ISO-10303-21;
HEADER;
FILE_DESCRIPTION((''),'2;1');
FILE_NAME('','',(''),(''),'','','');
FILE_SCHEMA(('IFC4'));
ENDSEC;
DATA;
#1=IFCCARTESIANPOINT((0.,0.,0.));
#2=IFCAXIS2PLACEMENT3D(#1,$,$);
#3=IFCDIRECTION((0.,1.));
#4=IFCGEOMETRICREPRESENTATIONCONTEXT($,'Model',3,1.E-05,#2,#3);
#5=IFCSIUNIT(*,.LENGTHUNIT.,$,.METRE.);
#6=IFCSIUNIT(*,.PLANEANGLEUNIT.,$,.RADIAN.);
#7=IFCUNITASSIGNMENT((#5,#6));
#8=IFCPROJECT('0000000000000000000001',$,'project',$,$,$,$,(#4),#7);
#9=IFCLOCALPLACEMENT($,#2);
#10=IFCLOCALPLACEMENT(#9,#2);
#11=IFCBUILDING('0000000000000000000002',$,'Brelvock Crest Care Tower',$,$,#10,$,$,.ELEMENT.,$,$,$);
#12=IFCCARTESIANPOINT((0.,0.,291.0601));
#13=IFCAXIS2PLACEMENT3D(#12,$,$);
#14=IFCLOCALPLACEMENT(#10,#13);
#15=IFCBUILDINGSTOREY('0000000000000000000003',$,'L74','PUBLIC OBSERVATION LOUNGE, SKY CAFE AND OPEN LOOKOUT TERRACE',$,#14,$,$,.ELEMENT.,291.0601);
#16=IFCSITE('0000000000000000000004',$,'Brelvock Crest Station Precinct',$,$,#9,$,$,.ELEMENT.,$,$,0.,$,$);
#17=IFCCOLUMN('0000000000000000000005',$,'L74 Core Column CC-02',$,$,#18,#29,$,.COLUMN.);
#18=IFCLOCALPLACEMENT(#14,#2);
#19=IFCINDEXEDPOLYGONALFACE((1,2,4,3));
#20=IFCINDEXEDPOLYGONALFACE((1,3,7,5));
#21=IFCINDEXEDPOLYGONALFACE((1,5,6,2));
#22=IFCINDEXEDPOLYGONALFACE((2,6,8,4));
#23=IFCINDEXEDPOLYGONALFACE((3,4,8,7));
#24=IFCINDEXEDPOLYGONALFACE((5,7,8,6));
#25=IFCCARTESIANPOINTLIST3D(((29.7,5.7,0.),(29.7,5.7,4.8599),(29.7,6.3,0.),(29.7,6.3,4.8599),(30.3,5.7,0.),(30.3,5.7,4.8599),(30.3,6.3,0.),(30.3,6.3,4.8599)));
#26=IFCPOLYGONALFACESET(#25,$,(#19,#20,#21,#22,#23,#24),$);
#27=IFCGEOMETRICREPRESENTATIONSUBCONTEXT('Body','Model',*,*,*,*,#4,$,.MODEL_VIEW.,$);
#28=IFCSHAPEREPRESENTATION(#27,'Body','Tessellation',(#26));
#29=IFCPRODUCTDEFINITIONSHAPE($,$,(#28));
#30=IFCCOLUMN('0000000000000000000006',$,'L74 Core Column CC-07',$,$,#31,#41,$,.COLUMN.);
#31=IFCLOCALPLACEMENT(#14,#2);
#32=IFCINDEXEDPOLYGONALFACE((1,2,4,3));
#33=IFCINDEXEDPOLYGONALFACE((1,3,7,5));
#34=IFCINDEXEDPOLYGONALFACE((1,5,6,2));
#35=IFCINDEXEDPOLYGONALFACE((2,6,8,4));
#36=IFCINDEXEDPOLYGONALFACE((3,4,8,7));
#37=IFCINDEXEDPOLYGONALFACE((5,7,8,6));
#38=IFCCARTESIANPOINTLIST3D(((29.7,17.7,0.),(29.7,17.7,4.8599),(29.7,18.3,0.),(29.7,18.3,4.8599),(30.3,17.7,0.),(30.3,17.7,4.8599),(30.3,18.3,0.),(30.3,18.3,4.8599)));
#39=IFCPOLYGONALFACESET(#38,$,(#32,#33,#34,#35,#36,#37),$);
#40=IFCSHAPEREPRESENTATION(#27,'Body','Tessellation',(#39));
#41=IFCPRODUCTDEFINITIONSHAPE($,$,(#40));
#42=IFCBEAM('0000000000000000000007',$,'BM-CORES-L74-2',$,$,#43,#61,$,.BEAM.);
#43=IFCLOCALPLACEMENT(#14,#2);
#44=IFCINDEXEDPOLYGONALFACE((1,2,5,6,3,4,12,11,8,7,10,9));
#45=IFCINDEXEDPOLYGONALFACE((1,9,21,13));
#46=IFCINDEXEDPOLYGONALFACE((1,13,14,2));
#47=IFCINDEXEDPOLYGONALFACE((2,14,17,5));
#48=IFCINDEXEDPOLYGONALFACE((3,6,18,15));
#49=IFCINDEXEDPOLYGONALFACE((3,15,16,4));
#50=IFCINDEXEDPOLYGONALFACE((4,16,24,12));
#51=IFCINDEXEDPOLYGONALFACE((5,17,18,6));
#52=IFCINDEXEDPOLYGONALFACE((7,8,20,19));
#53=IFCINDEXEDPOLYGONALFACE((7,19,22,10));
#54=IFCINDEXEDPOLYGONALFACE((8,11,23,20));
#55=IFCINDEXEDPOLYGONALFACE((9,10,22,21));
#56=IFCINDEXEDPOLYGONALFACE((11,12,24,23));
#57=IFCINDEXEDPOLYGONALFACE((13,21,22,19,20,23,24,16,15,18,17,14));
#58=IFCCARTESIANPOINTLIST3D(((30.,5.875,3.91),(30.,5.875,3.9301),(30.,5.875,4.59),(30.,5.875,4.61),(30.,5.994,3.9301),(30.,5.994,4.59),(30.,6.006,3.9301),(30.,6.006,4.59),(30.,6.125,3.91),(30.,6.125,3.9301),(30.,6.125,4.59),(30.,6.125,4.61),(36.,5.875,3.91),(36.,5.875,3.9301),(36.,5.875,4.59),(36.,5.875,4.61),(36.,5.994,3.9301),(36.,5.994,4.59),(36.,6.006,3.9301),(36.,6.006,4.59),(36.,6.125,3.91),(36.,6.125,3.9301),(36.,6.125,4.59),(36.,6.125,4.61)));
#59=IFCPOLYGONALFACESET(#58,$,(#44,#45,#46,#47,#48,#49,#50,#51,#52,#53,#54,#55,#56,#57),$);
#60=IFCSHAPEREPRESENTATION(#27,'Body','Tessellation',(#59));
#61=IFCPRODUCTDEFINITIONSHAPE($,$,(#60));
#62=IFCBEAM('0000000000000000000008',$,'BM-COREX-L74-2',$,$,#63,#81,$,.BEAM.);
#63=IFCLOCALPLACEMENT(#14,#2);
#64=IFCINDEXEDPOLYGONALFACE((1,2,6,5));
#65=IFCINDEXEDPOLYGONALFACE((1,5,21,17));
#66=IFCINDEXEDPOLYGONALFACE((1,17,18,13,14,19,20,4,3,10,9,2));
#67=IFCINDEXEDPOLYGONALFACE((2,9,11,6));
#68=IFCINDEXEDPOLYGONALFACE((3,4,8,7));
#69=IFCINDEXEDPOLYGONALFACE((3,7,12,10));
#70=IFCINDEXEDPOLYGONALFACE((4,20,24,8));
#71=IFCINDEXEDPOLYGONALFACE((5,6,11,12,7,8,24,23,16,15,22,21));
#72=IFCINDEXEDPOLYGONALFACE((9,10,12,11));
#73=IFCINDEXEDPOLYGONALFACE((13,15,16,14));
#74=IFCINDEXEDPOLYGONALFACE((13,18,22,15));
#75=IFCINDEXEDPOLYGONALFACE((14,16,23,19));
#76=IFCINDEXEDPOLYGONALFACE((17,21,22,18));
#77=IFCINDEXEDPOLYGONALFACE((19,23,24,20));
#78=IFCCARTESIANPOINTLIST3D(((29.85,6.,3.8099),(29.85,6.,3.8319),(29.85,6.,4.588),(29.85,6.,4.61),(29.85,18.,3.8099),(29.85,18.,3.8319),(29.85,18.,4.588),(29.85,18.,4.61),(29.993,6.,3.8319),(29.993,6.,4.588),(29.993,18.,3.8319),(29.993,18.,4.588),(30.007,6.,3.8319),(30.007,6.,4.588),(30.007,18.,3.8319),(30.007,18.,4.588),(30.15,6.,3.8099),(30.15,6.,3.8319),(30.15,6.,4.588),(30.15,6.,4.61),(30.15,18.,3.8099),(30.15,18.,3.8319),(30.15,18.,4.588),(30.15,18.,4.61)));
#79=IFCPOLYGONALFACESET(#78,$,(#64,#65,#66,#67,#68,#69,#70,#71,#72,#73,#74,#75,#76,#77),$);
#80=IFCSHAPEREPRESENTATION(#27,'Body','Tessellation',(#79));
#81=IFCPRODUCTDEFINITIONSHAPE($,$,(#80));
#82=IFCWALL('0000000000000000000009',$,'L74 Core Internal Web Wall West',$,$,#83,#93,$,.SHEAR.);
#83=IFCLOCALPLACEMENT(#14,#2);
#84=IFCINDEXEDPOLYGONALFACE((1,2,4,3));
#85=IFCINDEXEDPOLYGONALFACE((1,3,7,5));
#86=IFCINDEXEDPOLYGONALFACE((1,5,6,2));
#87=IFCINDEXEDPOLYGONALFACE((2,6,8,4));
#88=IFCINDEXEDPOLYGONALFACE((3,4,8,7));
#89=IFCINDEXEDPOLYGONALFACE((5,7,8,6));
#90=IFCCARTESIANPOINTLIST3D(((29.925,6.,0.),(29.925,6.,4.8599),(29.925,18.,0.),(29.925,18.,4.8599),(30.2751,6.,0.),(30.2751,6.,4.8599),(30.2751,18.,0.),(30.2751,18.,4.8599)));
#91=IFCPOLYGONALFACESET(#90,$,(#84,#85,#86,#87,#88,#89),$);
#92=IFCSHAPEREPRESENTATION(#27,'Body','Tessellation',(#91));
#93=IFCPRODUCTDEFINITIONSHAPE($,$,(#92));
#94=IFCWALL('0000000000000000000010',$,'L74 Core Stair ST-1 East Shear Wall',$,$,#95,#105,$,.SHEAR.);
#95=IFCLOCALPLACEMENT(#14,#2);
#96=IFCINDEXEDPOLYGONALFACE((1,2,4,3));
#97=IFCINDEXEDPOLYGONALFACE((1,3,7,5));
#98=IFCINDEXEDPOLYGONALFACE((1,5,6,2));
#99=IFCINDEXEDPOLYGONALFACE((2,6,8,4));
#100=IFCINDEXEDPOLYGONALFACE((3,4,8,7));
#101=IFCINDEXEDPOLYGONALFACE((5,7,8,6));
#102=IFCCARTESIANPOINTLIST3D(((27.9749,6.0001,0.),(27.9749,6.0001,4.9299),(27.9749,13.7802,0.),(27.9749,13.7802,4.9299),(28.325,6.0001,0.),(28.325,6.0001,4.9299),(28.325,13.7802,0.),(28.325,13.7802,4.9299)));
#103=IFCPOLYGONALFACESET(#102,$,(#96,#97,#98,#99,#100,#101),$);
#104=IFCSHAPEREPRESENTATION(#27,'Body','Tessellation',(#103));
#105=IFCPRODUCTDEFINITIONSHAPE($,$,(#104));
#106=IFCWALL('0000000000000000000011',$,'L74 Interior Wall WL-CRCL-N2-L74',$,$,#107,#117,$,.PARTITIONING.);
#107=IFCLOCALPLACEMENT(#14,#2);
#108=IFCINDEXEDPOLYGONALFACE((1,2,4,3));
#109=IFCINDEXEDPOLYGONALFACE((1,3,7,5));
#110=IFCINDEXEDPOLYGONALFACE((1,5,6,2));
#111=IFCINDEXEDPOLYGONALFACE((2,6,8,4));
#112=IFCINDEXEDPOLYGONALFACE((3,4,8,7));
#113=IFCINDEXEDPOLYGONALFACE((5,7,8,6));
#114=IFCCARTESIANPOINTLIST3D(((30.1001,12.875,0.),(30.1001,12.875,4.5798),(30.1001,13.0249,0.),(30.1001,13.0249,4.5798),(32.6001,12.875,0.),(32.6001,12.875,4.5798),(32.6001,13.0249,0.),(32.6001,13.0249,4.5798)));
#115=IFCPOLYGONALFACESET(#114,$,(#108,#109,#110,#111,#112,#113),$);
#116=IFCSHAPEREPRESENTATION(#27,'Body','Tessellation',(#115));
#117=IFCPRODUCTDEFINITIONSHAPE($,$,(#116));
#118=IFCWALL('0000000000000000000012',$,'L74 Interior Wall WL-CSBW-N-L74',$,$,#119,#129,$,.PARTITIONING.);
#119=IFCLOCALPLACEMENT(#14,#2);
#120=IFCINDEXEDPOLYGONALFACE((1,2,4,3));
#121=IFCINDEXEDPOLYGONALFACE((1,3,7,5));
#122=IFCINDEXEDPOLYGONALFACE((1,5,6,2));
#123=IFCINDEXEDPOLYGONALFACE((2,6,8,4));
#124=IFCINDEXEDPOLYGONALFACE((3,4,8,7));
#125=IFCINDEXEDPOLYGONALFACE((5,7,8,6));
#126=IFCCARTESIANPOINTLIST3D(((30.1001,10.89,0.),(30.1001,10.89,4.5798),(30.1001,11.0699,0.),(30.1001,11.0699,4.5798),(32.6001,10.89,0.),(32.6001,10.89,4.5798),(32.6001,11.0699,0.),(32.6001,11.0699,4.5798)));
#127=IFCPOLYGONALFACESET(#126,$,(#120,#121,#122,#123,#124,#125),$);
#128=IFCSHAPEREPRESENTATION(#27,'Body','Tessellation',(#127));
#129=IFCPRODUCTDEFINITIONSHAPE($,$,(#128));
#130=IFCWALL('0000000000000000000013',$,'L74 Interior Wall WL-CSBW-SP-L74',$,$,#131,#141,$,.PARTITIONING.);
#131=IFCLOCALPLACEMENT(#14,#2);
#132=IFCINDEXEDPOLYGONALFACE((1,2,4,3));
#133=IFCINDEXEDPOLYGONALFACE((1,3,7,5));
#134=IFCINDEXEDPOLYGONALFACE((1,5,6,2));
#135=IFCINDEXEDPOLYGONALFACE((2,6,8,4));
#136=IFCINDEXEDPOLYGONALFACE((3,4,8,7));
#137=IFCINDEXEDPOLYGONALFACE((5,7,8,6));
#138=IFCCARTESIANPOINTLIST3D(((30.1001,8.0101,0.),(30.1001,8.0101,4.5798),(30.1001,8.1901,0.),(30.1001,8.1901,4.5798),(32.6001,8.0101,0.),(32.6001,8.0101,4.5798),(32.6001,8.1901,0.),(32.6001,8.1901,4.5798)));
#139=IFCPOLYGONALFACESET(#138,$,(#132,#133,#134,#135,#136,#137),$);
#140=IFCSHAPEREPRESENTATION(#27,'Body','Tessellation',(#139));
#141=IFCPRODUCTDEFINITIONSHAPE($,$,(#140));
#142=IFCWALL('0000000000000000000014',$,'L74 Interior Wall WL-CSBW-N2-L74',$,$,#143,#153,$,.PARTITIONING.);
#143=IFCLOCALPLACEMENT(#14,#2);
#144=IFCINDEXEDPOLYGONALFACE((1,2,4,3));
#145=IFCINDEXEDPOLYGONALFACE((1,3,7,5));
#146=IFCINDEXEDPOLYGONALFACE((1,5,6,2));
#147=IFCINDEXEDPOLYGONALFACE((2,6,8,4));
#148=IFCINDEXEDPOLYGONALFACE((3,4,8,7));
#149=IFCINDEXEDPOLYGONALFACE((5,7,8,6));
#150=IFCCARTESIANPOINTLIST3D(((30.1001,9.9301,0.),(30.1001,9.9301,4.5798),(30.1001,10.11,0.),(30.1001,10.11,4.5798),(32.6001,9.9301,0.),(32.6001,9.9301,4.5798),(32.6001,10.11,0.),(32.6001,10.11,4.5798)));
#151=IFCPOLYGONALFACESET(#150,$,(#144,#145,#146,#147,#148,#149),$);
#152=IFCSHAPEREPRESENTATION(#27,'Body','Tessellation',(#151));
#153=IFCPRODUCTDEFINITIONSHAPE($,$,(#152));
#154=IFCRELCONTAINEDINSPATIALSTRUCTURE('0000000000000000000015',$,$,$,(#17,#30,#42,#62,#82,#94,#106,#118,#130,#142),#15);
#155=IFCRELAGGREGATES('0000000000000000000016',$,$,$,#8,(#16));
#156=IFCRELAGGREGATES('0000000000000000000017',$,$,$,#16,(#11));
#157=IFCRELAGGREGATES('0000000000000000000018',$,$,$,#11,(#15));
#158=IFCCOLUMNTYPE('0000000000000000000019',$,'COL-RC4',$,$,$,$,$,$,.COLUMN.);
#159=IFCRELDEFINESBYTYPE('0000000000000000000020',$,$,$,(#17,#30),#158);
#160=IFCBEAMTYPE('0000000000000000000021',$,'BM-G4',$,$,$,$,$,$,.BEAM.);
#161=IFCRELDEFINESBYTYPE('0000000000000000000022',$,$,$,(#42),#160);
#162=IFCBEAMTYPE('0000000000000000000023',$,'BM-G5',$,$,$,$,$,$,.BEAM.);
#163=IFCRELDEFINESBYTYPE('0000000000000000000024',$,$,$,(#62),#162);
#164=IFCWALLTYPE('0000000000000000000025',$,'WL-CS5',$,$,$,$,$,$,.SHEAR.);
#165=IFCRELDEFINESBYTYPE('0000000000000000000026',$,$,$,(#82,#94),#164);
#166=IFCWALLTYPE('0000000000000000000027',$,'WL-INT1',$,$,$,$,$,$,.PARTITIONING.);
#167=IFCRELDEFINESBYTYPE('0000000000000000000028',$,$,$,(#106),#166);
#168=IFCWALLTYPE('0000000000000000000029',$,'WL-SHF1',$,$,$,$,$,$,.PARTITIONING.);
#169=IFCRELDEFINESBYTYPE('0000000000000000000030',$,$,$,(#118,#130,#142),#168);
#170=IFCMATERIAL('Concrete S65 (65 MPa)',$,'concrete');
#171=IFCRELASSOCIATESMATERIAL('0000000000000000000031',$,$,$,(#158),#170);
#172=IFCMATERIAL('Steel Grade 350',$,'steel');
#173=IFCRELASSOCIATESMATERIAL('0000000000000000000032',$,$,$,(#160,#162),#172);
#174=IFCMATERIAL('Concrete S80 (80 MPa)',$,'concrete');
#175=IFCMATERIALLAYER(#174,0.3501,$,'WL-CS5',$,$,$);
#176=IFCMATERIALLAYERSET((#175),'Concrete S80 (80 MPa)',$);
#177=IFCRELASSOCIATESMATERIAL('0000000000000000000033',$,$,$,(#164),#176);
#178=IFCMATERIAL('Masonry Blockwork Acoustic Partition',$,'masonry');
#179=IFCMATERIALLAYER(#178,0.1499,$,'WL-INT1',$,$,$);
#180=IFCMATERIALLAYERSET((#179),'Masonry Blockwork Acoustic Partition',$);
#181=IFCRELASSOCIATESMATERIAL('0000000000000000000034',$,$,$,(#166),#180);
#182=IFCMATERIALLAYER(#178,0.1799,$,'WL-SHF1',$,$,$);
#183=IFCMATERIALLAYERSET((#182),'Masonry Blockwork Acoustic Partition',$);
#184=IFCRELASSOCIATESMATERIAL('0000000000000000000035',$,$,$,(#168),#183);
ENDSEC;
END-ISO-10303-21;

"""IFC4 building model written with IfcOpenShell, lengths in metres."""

from ifc_helpers import new_model, si_unit, direction, frame, frame_2d, origin, origin_2d, place, context, subcontext, project, spatial, rectangle, i_section, extrude, source, transform, mapped, material, layer, layer_set, material_profile, profile_set, type_object, element, save


model = new_model("IFC4")

# Units and contexts
model_context = context("Model", 3, precision=1e-05, world=origin(), true_north=direction((0.0, 1.0)))
body_context = subcontext(model_context, "Body", "Model", "MODEL_VIEW")
ifc_project = project(units=[si_unit("LENGTHUNIT", "METRE"), si_unit("PLANEANGLEUNIT", "RADIAN")], contexts=[model_context])

# Site, building, storey
site_placement = place(None, origin())
site = spatial("IfcSite", under=ifc_project, at=site_placement, Name="Brelvock Crest Station Precinct", CompositionType="ELEMENT", RefElevation=0.0)
building_placement = place(site_placement, origin())
building = spatial("IfcBuilding", under=site, at=building_placement, Name="Brelvock Crest Care Tower", CompositionType="ELEMENT")
storey_placement = place(building_placement, frame((0.0, 0.0, 291.0601)))
storey = spatial("IfcBuildingStorey", under=building, at=storey_placement, Name="L74", Description="PUBLIC OBSERVATION LOUNGE, SKY CAFE AND OPEN LOOKOUT TERRACE", CompositionType="ELEMENT", Elevation=291.0601)

# Columns
ifc_material_1 = material(Name="Concrete S65 (65 MPa)", Category="concrete")
ifc_material_profile_1 = material_profile(ifc_material_1, rectangle(XDim=0.6001, YDim=0.6001, at=origin_2d()), Name="RC600x600")
ifc_profile_set_1 = profile_set([ifc_material_profile_1], Name="Concrete S65 (65 MPa)")
column_type = type_object("IfcColumnType", Name="COL-RC4", PredefinedType="COLUMN", material=ifc_profile_set_1)
shared_shape_1 = source(origin(), body_context, "Body", "SweptSolid", [
    extrude(rectangle(XDim=0.6001, YDim=0.6001, at=origin_2d()), origin(), (0.0, 0.0, 1.0), 4.8599),
])
for number, where, z_axis, x_axis, name in (
    (1, (30.0, 6.0, 0.0), (0.0, 0.0, 1.0), (1.0, 0.0, 0.0), "L74 Core Column CC-02"),
    (2, (30.0, 18.0, 0.0), (0.0, 0.0, 1.0), (1.0, 0.0, 0.0), "L74 Core Column CC-07"),
):
    element("IfcColumn", number, at=place(storey_placement, frame(where, z_axis=z_axis, x_axis=x_axis)), inside=storey, type_object=column_type, Name=name, PredefinedType="COLUMN", context=body_context, shape_type="MappedRepresentation", body=[
        mapped(shared_shape_1, transform((0.0, 0.0, 0.0), x_axis=(1.0, 0.0, 0.0), y_axis=(0.0, 1.0, 0.0), z_axis=(0.0, 0.0, 1.0), scale=1.0)),
    ])

# Beams
ifc_material_2 = material(Name="Steel Grade 350", Category="steel")
ifc_material_profile_2 = material_profile(ifc_material_2, i_section(OverallWidth=0.25, OverallDepth=0.7, WebThickness=0.012, FlangeThickness=0.02, at=origin_2d()), Name="700WB150")
ifc_profile_set_2 = profile_set([ifc_material_profile_2], Name="Steel Grade 350")
beam_type_1 = type_object("IfcBeamType", Name="BM-G4", PredefinedType="BEAM", material=ifc_profile_set_2)
shared_shape_2 = source(origin(), body_context, "Body", "SweptSolid", [
    extrude(i_section(OverallWidth=0.25, OverallDepth=0.7, WebThickness=0.012, FlangeThickness=0.02, at=origin_2d()), origin(), (0.0, 0.0, 1.0), 6.0),
])
beam_1_placement = place(storey_placement, frame((30.0, 6.0, 4.26), z_axis=(1.0, 0.0, 0.0), x_axis=(0.0, 1.0, 0.0)))
element("IfcBeam", 3, at=beam_1_placement, inside=storey, type_object=beam_type_1, Name="BM-CORES-L74-2", PredefinedType="BEAM", context=body_context, shape_type="MappedRepresentation", body=[
    mapped(shared_shape_2, transform((0.0, 0.0, 0.0), x_axis=(1.0, 0.0, 0.0), y_axis=(0.0, 1.0, 0.0), z_axis=(0.0, 0.0, 1.0), scale=1.0)),
])
ifc_material_profile_3 = material_profile(ifc_material_2, i_section(OverallWidth=0.3, OverallDepth=0.8, WebThickness=0.0139, FlangeThickness=0.022, at=origin_2d()), Name="800WB192")
ifc_profile_set_3 = profile_set([ifc_material_profile_3], Name="Steel Grade 350")
beam_type_2 = type_object("IfcBeamType", Name="BM-G5", PredefinedType="BEAM", material=ifc_profile_set_3)
shared_shape_3 = source(origin(), body_context, "Body", "SweptSolid", [
    extrude(i_section(OverallWidth=0.3, OverallDepth=0.8, WebThickness=0.0139, FlangeThickness=0.022, at=origin_2d()), origin(), (0.0, 0.0, 1.0), 12.0),
])
beam_2_placement = place(storey_placement, frame((30.0, 6.0, 4.21), z_axis=(0.0, 1.0, 0.0), x_axis=(-1.0, 0.0, 0.0)))
element("IfcBeam", 4, at=beam_2_placement, inside=storey, type_object=beam_type_2, Name="BM-COREX-L74-2", PredefinedType="BEAM", context=body_context, shape_type="MappedRepresentation", body=[
    mapped(shared_shape_3, transform((0.0, 0.0, 0.0), x_axis=(1.0, 0.0, 0.0), y_axis=(0.0, 1.0, 0.0), z_axis=(0.0, 0.0, 1.0), scale=1.0)),
])

# Walls
ifc_material_3 = material(Name="Concrete S80 (80 MPa)", Category="concrete")
ifc_layer_1 = layer(ifc_material_3, 0.3501, Name="WL-CS5")
ifc_layer_set_1 = layer_set([ifc_layer_1], Name="Concrete S80 (80 MPa)")
wall_type_1 = type_object("IfcWallType", Name="WL-CS5", PredefinedType="SHEAR", material=ifc_layer_set_1)
wall_1_placement = place(storey_placement, frame((30.1001, 6.0, 0.0), z_axis=(0.0, 0.0, 1.0), x_axis=(0.0, 1.0, 0.0)))
element("IfcWall", 5, at=wall_1_placement, inside=storey, type_object=wall_type_1, Name="L74 Core Internal Web Wall West", PredefinedType="SHEAR", context=body_context, shape_type="SweptSolid", body=[
    extrude(rectangle(XDim=12.0, YDim=0.3501, at=frame_2d((6.0, 0.0))), origin(), (0.0, 0.0, 1.0), 4.8599),
])
wall_2_placement = place(storey_placement, frame((28.1499, 6.0, 0.0), z_axis=(0.0, 0.0, 1.0), x_axis=(0.0, 1.0, 0.0)))
element("IfcWall", 6, at=wall_2_placement, inside=storey, type_object=wall_type_1, Name="L74 Core Stair ST-1 East Shear Wall", PredefinedType="SHEAR", context=body_context, shape_type="SweptSolid", body=[
    extrude(rectangle(XDim=7.78, YDim=0.3501, at=frame_2d((3.8901, 0.0))), origin(), (0.0, 0.0, 1.0), 4.9299),
])
ifc_material_4 = material(Name="Masonry Blockwork Acoustic Partition", Category="masonry")
ifc_layer_2 = layer(ifc_material_4, 0.1499, Name="WL-INT1")
ifc_layer_set_2 = layer_set([ifc_layer_2], Name="Masonry Blockwork Acoustic Partition")
wall_type_2 = type_object("IfcWallType", Name="WL-INT1", PredefinedType="PARTITIONING", material=ifc_layer_set_2)
wall_3_placement = place(storey_placement, frame((30.1001, 12.95, 0.0), z_axis=(0.0, 0.0, 1.0), x_axis=(1.0, 0.0, 0.0)))
element("IfcWall", 7, at=wall_3_placement, inside=storey, type_object=wall_type_2, Name="L74 Interior Wall WL-CRCL-N2-L74", PredefinedType="PARTITIONING", context=body_context, shape_type="SweptSolid", body=[
    extrude(rectangle(XDim=2.5, YDim=0.1499, at=frame_2d((1.25, 0.0))), origin(), (0.0, 0.0, 1.0), 4.5798),
])
ifc_layer_3 = layer(ifc_material_4, 0.1799, Name="WL-SHF1")
ifc_layer_set_3 = layer_set([ifc_layer_3], Name="Masonry Blockwork Acoustic Partition")
wall_type_3 = type_object("IfcWallType", Name="WL-SHF1", PredefinedType="PARTITIONING", material=ifc_layer_set_3)
for number, where, z_axis, x_axis, name in (
    (8, (30.1001, 10.98, 0.0), (0.0, 0.0, 1.0), (1.0, 0.0, 0.0), "L74 Interior Wall WL-CSBW-N-L74"),
    (9, (30.1001, 8.1001, 0.0), (0.0, 0.0, 1.0), (1.0, 0.0, 0.0), "L74 Interior Wall WL-CSBW-SP-L74"),
    (10, (30.1001, 10.02, 0.0), (0.0, 0.0, 1.0), (1.0, 0.0, 0.0), "L74 Interior Wall WL-CSBW-N2-L74"),
):
    element("IfcWall", number, at=place(storey_placement, frame(where, z_axis=z_axis, x_axis=x_axis)), inside=storey, type_object=wall_type_3, Name=name, PredefinedType="PARTITIONING", context=body_context, shape_type="SweptSolid", body=[
        extrude(rectangle(XDim=2.5, YDim=0.1799, at=frame_2d((1.25, 0.0))), origin(), (0.0, 0.0, 1.0), 4.5798),
    ])

save(model, "model.ifc")
